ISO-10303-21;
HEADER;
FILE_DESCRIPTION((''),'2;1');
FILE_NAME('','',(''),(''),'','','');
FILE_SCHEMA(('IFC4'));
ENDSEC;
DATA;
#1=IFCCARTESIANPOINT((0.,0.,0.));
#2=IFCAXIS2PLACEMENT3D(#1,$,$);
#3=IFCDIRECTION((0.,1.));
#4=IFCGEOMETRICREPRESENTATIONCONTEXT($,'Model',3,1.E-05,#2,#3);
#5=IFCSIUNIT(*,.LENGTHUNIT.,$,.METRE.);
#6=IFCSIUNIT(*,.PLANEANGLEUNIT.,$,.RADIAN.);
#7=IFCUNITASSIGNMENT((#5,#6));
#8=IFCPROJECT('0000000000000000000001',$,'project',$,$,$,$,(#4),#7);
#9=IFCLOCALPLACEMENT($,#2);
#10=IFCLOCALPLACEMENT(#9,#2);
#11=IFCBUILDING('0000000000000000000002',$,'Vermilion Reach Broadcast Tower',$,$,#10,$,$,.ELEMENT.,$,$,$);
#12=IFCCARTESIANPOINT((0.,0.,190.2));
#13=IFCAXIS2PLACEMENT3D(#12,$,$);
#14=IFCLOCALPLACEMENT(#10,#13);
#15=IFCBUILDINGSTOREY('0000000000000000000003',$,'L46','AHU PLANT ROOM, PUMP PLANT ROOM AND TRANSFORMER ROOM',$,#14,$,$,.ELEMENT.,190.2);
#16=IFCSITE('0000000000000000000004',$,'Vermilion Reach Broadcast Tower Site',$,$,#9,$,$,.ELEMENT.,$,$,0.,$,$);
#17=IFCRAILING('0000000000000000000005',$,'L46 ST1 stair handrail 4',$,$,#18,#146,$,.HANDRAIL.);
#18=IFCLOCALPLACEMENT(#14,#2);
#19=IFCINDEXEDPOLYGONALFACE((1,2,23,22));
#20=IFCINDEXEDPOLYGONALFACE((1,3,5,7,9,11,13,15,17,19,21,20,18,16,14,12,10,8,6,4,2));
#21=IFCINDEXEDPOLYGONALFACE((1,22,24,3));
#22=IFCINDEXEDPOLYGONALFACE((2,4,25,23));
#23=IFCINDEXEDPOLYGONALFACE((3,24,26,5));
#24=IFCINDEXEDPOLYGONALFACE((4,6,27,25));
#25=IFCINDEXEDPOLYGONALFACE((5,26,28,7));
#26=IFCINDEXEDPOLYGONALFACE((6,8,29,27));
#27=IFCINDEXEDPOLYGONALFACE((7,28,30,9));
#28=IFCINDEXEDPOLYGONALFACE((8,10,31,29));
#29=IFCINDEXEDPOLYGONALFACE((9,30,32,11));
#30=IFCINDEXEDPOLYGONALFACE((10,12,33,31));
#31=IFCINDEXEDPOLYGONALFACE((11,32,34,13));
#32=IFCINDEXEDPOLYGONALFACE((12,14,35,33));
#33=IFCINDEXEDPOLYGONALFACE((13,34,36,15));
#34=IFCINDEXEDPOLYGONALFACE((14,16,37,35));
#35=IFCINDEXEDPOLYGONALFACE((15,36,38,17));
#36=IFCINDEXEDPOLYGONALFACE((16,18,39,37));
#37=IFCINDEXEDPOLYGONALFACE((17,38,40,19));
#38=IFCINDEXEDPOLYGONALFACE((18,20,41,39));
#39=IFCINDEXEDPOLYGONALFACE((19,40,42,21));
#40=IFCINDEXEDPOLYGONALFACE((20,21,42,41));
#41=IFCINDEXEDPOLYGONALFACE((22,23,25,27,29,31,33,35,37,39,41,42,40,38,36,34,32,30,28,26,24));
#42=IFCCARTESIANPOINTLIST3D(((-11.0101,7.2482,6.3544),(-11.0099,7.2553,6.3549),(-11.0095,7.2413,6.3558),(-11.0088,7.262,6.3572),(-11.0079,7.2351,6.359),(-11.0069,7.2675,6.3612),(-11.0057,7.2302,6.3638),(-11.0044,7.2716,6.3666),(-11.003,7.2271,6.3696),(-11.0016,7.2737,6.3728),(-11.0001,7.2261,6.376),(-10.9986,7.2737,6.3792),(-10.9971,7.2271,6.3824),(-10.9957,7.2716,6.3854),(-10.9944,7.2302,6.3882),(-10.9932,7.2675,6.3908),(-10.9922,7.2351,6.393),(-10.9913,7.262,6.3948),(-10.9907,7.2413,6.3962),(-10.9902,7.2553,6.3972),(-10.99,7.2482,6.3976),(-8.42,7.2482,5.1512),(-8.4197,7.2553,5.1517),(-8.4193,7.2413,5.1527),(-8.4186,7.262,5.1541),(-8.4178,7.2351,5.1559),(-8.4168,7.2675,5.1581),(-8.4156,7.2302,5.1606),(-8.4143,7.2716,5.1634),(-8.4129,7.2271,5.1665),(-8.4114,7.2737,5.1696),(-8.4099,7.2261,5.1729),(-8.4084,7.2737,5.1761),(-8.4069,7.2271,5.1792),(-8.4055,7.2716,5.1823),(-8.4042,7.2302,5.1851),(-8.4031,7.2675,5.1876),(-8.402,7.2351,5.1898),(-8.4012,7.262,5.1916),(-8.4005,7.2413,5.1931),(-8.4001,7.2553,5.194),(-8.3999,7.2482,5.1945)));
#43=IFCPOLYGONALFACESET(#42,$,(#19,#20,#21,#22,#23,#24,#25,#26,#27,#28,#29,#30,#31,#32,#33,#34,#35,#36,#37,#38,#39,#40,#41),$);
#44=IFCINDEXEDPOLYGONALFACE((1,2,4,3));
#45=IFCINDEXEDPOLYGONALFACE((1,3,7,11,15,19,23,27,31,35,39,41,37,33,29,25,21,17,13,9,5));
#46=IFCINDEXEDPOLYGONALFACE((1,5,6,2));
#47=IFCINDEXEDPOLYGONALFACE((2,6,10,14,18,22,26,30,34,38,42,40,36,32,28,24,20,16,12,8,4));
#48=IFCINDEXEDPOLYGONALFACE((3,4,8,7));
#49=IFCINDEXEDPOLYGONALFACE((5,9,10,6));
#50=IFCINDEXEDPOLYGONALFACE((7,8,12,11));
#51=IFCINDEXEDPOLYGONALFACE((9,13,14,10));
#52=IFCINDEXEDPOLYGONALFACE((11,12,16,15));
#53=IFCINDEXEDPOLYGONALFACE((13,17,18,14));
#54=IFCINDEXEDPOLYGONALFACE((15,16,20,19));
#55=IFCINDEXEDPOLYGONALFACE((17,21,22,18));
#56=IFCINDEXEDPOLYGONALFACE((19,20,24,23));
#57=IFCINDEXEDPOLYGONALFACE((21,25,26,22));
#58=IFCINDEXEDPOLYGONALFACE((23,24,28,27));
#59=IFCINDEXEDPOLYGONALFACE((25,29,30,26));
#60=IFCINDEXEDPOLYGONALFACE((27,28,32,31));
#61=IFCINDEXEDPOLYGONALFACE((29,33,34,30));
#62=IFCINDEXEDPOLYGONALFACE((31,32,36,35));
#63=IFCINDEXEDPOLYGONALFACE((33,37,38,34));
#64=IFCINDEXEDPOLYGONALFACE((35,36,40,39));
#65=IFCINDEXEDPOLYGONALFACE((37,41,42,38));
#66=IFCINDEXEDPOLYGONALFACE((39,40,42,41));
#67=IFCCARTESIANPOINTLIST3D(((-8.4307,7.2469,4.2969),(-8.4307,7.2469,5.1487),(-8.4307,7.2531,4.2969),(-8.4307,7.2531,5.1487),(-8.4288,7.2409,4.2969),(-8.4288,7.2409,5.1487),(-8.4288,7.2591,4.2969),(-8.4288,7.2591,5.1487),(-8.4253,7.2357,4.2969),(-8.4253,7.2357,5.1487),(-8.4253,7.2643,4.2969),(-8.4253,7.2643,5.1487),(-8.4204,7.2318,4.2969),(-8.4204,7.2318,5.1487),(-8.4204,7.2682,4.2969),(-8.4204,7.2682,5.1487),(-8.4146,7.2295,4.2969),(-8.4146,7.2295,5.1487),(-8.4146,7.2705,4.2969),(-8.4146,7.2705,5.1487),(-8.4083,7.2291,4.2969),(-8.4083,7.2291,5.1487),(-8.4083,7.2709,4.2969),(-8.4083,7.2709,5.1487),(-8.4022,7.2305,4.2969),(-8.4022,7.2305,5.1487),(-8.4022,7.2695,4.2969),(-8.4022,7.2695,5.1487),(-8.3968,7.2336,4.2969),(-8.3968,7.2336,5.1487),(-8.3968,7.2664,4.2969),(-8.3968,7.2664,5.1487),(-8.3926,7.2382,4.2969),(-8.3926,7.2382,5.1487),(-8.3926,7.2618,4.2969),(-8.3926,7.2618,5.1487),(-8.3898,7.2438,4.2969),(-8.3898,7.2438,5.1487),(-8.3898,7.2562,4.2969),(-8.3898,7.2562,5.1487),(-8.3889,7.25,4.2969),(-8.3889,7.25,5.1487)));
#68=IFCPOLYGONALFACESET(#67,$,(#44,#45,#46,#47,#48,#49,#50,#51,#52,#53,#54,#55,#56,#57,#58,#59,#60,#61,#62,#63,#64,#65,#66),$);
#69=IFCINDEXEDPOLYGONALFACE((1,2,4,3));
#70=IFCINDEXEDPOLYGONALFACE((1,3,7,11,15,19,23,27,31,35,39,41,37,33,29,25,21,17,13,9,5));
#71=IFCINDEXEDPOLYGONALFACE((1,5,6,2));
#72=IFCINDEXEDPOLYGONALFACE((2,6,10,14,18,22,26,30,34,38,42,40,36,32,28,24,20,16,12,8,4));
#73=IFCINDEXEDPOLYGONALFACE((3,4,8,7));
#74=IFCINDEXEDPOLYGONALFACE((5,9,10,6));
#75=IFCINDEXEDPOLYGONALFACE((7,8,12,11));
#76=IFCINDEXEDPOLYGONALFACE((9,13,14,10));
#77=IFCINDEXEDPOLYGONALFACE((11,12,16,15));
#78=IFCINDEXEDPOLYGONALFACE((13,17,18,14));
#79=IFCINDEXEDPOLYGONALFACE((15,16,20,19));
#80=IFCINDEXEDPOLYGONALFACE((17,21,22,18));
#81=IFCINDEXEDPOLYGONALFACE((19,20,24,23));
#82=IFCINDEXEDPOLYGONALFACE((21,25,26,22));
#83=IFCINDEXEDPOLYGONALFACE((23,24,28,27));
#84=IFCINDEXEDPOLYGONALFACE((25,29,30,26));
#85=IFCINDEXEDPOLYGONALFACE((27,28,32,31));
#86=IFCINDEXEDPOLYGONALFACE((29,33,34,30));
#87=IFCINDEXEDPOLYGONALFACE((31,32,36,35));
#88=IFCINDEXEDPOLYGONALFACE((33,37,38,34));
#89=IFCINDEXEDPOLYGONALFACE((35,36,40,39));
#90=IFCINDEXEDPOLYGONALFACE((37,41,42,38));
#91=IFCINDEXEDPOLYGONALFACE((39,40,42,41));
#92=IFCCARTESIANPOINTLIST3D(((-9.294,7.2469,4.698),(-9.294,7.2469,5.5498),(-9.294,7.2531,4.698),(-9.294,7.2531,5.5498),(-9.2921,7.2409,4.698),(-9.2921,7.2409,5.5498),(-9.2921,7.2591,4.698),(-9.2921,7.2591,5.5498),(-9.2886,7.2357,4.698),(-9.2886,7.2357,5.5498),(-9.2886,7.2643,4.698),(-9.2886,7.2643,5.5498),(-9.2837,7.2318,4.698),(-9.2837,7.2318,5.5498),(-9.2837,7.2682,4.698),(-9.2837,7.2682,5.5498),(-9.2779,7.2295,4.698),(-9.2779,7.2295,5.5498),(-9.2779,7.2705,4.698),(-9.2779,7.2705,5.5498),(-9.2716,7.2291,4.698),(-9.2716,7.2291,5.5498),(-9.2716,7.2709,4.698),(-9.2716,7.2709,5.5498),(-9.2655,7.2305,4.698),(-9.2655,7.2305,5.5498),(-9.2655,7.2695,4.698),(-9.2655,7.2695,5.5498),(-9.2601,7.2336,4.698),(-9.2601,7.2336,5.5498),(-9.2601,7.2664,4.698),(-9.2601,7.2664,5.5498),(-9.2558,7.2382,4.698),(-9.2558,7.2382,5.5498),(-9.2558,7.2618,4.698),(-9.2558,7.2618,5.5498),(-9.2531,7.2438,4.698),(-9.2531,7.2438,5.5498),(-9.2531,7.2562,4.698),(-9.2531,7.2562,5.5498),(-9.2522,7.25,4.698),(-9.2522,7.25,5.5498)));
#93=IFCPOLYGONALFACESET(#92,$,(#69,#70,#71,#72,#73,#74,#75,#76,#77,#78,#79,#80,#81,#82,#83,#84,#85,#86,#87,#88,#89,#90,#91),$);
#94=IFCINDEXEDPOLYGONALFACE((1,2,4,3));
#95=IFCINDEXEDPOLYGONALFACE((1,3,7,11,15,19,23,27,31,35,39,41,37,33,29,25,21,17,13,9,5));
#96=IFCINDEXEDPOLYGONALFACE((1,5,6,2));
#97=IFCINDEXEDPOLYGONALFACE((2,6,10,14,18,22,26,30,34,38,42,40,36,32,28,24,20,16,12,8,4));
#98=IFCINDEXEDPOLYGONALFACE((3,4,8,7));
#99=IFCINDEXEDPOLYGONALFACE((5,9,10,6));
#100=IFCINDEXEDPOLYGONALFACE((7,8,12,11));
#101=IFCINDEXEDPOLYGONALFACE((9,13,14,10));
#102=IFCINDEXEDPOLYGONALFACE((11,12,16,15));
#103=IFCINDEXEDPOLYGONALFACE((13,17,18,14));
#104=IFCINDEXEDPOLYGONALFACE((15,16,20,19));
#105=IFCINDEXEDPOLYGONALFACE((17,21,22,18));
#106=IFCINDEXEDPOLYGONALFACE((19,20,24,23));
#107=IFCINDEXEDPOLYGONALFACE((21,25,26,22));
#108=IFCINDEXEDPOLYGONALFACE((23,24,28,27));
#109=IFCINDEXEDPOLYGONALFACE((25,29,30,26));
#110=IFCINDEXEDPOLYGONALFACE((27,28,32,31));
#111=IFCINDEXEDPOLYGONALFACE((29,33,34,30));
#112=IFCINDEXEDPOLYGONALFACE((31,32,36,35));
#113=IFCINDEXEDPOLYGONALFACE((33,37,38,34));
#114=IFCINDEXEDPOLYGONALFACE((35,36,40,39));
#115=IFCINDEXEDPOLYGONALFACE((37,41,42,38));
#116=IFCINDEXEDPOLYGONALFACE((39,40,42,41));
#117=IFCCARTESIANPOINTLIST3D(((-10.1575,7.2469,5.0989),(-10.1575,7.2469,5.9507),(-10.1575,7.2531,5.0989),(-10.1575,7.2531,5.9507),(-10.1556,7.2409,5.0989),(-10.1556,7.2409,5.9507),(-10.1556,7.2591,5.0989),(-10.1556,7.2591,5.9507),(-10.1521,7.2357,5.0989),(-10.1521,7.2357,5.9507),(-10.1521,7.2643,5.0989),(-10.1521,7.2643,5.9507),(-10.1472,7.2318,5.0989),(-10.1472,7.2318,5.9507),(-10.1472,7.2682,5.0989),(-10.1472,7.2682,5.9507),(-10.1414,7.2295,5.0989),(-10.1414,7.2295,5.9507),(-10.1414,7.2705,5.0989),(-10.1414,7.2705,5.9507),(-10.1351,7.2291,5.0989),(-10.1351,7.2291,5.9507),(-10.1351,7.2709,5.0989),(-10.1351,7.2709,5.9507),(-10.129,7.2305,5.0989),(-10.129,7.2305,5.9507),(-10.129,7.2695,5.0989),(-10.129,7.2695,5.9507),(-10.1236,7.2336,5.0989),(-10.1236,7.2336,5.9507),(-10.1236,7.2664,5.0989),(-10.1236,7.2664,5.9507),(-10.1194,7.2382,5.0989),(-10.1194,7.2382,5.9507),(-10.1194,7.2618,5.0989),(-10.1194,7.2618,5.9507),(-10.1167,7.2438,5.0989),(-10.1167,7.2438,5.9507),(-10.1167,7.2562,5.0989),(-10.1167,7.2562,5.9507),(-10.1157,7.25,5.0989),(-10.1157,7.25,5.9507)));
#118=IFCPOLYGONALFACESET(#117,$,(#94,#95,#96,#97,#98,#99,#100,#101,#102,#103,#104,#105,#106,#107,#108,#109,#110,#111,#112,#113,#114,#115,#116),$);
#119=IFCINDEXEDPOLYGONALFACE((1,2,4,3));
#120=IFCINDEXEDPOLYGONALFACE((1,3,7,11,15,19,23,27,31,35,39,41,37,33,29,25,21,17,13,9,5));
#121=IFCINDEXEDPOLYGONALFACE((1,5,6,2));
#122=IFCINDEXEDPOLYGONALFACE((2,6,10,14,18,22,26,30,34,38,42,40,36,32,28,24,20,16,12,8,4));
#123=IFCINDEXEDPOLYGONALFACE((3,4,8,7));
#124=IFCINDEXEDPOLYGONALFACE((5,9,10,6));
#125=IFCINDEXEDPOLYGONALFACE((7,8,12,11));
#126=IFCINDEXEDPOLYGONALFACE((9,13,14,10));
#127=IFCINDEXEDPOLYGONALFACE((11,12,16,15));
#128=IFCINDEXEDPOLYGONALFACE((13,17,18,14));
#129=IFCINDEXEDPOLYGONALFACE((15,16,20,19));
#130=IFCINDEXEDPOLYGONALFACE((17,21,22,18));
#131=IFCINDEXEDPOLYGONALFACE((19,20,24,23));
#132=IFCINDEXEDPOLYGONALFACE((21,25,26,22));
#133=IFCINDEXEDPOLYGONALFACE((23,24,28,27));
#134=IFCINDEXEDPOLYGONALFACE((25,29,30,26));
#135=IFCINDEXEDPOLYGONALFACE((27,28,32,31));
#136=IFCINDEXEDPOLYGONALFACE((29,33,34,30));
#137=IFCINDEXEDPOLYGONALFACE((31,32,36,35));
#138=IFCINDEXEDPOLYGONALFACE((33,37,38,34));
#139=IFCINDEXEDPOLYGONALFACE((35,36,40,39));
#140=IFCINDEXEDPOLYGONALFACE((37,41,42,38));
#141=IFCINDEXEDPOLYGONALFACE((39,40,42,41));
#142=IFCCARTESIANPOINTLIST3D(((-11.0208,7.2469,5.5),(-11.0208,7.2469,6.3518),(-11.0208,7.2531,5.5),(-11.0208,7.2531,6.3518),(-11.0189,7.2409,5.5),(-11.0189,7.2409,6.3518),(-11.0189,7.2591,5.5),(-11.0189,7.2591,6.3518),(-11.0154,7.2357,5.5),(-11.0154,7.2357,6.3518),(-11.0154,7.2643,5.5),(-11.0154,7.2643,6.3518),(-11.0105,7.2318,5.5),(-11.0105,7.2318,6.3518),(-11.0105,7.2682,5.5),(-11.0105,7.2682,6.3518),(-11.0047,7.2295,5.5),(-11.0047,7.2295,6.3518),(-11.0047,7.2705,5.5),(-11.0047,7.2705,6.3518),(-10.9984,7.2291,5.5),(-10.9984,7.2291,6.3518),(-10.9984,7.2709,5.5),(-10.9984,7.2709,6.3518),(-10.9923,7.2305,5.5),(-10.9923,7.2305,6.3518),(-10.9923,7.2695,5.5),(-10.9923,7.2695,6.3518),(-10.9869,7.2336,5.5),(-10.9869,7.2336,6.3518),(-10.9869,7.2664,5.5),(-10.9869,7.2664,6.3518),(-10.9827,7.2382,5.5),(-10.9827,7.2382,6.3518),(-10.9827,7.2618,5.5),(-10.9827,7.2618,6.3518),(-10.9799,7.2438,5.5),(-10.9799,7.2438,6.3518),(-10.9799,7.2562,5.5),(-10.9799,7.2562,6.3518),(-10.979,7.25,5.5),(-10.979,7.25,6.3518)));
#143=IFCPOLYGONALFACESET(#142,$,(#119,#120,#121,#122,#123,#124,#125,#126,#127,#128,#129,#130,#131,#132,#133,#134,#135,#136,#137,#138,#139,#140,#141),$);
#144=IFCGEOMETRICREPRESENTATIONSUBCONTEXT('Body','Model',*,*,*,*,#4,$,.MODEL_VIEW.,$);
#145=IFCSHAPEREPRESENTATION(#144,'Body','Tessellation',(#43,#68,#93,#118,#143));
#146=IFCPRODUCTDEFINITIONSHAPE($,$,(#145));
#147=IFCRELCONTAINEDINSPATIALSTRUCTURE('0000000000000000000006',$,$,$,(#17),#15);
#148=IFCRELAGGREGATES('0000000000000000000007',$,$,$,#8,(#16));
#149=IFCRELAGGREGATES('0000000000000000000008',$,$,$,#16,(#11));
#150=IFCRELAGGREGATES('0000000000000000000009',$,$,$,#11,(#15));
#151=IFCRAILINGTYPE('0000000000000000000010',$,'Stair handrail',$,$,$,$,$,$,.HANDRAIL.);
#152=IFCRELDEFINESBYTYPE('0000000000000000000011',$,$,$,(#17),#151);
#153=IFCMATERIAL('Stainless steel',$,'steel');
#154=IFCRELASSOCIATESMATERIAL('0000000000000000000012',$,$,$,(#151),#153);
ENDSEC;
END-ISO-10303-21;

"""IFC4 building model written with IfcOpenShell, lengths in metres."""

from ifc_helpers import new_model, si_unit, direction, frame, origin, origin_2d, place, context, subcontext, project, spatial, circle, extrude, material, type_object, element, save


model = new_model("IFC4")

# Units and contexts
model_context = context("Model", 3, precision=1e-05, world=origin(), true_north=direction((0.0, 1.0)))
body_context = subcontext(model_context, "Body", "Model", "MODEL_VIEW")
ifc_project = project(units=[si_unit("LENGTHUNIT", "METRE"), si_unit("PLANEANGLEUNIT", "RADIAN")], contexts=[model_context])

# Site, building, storey
site_placement = place(None, origin())
site = spatial("IfcSite", under=ifc_project, at=site_placement, Name="Vermilion Reach Broadcast Tower Site", CompositionType="ELEMENT", RefElevation=0.0)
building_placement = place(site_placement, origin())
building = spatial("IfcBuilding", under=site, at=building_placement, Name="Vermilion Reach Broadcast Tower", CompositionType="ELEMENT")
storey_placement = place(building_placement, frame((0.0, 0.0, 190.2)))
storey = spatial("IfcBuildingStorey", under=building, at=storey_placement, Name="L46", Description="AHU PLANT ROOM, PUMP PLANT ROOM AND TRANSFORMER ROOM", CompositionType="ELEMENT", Elevation=190.2)

# Railing
ifc_material_1 = material(Name="Stainless steel", Category="steel")
railing_type_1 = type_object("IfcRailingType", Name="Stair handrail", PredefinedType="HANDRAIL", material=ifc_material_1)
for number, where, name in (
    (1, (-8.4099, 7.25, 4.2969), "L46 ST1 stair handrail 4"),
):
    element("IfcRailing", number, at=place(storey_placement, frame(where)), inside=storey, type_object=railing_type_1, Name=name, PredefinedType="HANDRAIL", context=body_context, shape_type="SweptSolid", body=[
        extrude(circle(Radius=0.0239, at=origin_2d()), frame((0.0, 0.0, 0.876), z_axis=(-0.906931, 0.0, 0.42128), x_axis=(0.0, -1.0, 0.0)), (0.0, 0.0, 1.0), 2.856),
        extrude(circle(Radius=0.021, at=origin_2d()), origin(), (0.0, 0.0, 1.0), 0.8518),
        extrude(circle(Radius=0.021, at=origin_2d()), frame((-0.8633, 0.0, 0.4011)), (0.0, 0.0, 1.0), 0.8518),
        extrude(circle(Radius=0.021, at=origin_2d()), frame((-1.7268, 0.0, 0.802)), (0.0, 0.0, 1.0), 0.8518),
        extrude(circle(Radius=0.021, at=origin_2d()), frame((-2.5901, 0.0, 1.2031)), (0.0, 0.0, 1.0), 0.8518),
    ])

save(model, "model.ifc")
